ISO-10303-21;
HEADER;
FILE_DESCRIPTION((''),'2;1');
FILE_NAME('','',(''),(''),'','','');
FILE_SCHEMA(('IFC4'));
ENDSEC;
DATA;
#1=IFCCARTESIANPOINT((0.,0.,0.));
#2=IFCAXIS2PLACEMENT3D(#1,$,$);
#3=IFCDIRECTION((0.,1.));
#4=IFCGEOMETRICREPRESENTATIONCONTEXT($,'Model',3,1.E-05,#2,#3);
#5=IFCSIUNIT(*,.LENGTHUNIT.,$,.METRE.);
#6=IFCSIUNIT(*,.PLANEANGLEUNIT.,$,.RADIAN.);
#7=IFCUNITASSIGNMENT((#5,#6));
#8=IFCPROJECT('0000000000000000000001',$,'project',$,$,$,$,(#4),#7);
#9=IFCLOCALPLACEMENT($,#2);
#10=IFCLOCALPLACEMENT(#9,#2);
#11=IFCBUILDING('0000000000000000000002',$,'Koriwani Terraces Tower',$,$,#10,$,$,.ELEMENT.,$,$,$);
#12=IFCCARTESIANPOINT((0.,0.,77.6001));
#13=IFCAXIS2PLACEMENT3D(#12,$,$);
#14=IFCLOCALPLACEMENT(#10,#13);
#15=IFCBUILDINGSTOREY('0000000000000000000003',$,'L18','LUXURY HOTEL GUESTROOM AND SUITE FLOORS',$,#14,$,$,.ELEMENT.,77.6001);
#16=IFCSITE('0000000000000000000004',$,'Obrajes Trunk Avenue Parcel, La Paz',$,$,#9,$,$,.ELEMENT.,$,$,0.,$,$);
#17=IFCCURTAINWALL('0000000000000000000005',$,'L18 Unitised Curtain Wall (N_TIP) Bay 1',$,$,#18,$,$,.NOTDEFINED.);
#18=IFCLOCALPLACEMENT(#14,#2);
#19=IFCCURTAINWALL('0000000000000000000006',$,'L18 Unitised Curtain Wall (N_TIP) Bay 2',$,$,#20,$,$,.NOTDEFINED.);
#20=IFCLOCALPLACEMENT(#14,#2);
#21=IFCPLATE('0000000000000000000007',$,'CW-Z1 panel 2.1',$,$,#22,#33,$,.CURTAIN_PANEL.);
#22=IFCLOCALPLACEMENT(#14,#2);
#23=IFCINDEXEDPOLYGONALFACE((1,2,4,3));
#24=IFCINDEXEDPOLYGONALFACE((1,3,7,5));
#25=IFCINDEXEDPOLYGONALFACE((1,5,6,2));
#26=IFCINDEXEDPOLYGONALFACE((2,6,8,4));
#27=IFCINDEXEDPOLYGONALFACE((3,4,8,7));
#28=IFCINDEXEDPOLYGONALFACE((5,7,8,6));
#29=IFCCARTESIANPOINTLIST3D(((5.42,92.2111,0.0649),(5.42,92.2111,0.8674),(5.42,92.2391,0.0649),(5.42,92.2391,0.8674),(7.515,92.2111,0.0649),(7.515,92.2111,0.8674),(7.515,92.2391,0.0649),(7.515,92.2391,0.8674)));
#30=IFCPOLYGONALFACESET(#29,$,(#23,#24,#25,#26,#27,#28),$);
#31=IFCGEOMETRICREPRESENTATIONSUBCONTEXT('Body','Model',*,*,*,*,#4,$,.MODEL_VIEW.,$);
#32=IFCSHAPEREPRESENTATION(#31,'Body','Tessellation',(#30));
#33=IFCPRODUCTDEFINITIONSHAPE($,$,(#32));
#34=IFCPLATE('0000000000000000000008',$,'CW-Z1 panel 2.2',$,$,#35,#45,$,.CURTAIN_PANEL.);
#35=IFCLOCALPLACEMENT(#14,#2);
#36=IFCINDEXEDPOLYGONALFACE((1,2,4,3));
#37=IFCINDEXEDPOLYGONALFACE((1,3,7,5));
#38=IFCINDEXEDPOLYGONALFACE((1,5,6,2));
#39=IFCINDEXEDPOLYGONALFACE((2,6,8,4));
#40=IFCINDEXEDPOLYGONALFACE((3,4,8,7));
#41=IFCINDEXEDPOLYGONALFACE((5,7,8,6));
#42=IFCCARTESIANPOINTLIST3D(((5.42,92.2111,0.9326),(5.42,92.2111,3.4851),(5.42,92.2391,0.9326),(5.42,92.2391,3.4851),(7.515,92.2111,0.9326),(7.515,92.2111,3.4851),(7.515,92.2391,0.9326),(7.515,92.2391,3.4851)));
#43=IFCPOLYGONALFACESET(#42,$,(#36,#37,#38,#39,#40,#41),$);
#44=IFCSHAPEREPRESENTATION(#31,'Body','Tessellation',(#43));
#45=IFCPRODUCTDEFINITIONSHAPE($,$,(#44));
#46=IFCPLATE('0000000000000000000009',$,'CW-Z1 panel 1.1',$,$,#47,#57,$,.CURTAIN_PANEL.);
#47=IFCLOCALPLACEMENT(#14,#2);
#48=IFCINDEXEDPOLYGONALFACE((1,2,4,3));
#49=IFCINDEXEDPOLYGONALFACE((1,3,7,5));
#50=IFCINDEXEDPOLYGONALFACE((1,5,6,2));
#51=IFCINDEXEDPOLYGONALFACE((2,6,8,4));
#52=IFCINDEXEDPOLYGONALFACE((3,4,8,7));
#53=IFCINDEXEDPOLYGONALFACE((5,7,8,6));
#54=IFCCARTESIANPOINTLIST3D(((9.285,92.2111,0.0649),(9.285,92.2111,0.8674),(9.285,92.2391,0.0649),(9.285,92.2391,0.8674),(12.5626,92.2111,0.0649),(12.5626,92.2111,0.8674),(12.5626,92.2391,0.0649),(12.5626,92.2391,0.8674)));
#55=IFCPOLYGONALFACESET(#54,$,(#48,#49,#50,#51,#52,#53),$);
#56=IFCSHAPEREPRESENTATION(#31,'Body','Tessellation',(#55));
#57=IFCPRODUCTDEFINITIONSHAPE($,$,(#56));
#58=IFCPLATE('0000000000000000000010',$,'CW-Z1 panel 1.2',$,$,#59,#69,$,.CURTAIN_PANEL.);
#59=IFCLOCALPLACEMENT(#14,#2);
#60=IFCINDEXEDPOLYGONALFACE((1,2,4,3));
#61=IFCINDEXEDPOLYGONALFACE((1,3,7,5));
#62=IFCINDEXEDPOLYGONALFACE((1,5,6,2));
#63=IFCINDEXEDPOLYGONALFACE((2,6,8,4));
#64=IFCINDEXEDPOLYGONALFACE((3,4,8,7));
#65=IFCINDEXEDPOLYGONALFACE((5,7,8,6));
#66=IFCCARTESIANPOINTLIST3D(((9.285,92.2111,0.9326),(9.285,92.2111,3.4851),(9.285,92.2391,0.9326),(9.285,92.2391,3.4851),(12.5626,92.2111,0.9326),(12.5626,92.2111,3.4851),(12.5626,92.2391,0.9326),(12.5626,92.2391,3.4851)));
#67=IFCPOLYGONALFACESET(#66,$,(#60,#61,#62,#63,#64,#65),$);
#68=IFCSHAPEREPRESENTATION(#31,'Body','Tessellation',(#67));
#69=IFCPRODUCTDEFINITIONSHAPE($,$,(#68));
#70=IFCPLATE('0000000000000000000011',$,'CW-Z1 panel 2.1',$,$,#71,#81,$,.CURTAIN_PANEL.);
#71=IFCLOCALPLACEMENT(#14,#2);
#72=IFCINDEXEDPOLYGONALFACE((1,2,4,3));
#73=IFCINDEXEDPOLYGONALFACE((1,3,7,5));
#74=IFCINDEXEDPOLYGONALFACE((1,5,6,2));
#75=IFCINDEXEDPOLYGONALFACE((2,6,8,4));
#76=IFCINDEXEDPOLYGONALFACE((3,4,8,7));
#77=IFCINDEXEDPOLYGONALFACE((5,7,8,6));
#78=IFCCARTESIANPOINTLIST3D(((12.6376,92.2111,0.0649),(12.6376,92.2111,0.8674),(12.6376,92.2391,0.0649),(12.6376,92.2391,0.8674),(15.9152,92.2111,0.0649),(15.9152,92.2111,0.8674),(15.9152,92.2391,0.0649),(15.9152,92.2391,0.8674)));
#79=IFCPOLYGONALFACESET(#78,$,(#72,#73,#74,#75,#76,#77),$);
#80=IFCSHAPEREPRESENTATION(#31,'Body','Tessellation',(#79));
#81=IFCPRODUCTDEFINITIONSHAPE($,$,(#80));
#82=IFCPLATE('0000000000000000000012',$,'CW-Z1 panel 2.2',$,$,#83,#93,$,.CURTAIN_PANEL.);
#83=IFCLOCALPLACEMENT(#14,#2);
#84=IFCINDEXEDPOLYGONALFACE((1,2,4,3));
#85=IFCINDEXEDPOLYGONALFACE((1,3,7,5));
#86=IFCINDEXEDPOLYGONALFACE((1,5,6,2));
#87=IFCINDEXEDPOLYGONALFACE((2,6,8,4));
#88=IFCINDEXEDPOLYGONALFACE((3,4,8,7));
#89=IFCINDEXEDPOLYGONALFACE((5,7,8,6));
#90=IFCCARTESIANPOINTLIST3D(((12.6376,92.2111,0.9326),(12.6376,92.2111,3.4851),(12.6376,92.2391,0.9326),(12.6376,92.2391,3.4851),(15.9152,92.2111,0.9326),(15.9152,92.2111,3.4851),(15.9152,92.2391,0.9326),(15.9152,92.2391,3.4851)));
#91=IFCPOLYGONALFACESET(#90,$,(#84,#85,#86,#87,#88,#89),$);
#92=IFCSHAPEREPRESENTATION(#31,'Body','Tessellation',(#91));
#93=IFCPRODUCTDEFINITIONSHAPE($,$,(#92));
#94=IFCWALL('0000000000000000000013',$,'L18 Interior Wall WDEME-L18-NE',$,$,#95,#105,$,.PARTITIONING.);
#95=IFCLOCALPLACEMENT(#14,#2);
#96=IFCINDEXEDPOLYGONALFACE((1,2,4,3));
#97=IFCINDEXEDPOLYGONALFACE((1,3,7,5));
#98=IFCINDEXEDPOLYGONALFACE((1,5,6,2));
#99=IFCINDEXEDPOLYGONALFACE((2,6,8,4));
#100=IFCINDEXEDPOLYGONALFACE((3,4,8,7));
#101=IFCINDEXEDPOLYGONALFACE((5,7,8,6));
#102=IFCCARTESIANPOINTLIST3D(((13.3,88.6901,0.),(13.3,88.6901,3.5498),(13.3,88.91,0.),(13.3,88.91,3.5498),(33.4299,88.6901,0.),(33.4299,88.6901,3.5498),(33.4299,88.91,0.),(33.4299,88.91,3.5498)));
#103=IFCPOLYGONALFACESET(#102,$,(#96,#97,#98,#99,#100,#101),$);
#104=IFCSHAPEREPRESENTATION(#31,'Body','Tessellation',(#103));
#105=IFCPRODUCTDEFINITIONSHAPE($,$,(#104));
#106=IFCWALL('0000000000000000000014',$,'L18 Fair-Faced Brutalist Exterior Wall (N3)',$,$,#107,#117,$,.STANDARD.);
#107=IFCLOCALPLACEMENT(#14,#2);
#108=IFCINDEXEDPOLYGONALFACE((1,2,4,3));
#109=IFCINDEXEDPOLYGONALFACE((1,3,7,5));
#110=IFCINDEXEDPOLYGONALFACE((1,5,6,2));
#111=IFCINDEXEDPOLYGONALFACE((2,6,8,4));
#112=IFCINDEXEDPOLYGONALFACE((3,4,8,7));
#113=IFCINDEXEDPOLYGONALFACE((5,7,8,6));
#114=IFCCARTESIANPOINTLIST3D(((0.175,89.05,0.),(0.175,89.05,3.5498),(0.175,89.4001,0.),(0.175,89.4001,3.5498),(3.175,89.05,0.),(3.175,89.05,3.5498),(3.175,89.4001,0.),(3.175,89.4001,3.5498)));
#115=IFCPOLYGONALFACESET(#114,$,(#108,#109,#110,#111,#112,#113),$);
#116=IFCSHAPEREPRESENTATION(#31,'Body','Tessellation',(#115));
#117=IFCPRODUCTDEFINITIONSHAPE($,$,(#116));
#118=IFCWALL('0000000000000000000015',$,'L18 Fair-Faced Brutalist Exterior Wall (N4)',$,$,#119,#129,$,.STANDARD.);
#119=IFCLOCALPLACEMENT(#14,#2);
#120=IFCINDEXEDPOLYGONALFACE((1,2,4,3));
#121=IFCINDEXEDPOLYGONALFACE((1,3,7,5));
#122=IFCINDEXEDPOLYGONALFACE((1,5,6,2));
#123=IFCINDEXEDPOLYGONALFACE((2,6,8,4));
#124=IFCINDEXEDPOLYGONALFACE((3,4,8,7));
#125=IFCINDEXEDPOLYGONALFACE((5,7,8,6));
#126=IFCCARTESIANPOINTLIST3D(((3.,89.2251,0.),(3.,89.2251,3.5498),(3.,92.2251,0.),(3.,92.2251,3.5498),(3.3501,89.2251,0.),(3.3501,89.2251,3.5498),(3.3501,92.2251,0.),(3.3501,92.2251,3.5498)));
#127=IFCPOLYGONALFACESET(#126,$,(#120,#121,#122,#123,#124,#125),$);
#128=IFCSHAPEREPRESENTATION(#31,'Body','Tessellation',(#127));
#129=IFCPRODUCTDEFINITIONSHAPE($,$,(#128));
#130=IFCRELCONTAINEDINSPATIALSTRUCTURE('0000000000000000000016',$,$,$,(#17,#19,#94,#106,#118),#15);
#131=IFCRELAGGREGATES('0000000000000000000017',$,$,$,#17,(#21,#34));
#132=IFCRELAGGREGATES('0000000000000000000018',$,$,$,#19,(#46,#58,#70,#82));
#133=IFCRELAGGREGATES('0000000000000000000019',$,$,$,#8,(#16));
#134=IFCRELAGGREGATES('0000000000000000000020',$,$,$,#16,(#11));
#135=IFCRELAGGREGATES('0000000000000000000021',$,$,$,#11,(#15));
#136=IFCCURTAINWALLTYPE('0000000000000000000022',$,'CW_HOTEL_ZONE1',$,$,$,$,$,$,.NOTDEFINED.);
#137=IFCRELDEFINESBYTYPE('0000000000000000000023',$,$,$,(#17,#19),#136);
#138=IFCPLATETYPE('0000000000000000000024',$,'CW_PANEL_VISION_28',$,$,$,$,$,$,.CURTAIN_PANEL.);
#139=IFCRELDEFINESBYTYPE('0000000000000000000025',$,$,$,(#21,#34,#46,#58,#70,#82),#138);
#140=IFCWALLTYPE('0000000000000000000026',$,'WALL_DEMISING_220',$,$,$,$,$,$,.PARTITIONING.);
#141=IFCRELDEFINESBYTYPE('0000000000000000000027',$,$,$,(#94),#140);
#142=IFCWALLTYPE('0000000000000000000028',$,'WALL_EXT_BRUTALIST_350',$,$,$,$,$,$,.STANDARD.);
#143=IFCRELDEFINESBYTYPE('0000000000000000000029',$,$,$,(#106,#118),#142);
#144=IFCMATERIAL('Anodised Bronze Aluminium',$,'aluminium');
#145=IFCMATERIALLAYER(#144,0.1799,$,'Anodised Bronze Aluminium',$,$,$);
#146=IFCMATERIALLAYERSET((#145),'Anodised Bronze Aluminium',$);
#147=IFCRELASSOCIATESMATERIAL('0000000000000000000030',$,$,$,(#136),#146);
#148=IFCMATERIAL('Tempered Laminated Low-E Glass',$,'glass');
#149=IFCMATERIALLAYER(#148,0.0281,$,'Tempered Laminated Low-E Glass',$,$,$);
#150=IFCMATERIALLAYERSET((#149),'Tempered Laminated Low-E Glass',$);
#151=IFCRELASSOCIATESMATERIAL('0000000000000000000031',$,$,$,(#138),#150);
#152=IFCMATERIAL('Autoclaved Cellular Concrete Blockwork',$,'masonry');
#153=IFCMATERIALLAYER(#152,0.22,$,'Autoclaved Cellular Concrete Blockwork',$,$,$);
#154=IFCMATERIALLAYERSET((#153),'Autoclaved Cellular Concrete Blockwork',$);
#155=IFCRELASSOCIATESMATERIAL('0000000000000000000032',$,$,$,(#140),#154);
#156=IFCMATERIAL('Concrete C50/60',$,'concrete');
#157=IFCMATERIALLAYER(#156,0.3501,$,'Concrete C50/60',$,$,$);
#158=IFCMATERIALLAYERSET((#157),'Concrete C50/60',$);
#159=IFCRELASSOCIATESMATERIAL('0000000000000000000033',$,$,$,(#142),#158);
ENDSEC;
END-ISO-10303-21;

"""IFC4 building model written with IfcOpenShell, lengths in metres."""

from ifc_helpers import new_model, si_unit, direction, frame, frame_2d, origin, origin_2d, place, context, subcontext, project, spatial, rectangle, extrude, material, layer, layer_set, type_object, element, aggregate, save


model = new_model("IFC4")

# Units and contexts
model_context = context("Model", 3, precision=1e-05, world=origin(), true_north=direction((0.0, 1.0)))
body_context = subcontext(model_context, "Body", "Model", "MODEL_VIEW")
ifc_project = project(units=[si_unit("LENGTHUNIT", "METRE"), si_unit("PLANEANGLEUNIT", "RADIAN")], contexts=[model_context])

# Site, building, storey
site_placement = place(None, origin())
site = spatial("IfcSite", under=ifc_project, at=site_placement, Name="Obrajes Trunk Avenue Parcel, La Paz", CompositionType="ELEMENT", RefElevation=0.0)
building_placement = place(site_placement, origin())
building = spatial("IfcBuilding", under=site, at=building_placement, Name="Koriwani Terraces Tower", CompositionType="ELEMENT")
storey_placement = place(building_placement, frame((0.0, 0.0, 77.6001)))
storey = spatial("IfcBuildingStorey", under=building, at=storey_placement, Name="L18", Description="LUXURY HOTEL GUESTROOM AND SUITE FLOORS", CompositionType="ELEMENT", Elevation=77.6001)

# Curtain walls
ifc_material_1 = material(Name="Anodised Bronze Aluminium", Category="aluminium")
ifc_layer_1 = layer(ifc_material_1, 0.1799, Name="Anodised Bronze Aluminium")
ifc_layer_set_1 = layer_set([ifc_layer_1], Name="Anodised Bronze Aluminium")
curtain_wall_type = type_object("IfcCurtainWallType", Name="CW_HOTEL_ZONE1", PredefinedType="NOTDEFINED", material=ifc_layer_set_1)
curtain_wall_1_placement = place(storey_placement, origin())
curtain_wall_1 = element("IfcCurtainWall", 1, at=curtain_wall_1_placement, inside=storey, type_object=curtain_wall_type, Name="L18 Unitised Curtain Wall (N_TIP) Bay 1", PredefinedType="NOTDEFINED")
curtain_wall_2_placement = place(storey_placement, origin())
curtain_wall_2 = element("IfcCurtainWall", 2, at=curtain_wall_2_placement, inside=storey, type_object=curtain_wall_type, Name="L18 Unitised Curtain Wall (N_TIP) Bay 2", PredefinedType="NOTDEFINED")

# Plates
ifc_material_2 = material(Name="Tempered Laminated Low-E Glass", Category="glass")
ifc_layer_2 = layer(ifc_material_2, 0.0281, Name="Tempered Laminated Low-E Glass")
ifc_layer_set_2 = layer_set([ifc_layer_2], Name="Tempered Laminated Low-E Glass")
plate_type = type_object("IfcPlateType", Name="CW_PANEL_VISION_28", PredefinedType="CURTAIN_PANEL", material=ifc_layer_set_2)
plate_1_placement = place(storey_placement, frame((6.4675, 92.2251, 0.0649), z_axis=(0.0, 0.0, 1.0), x_axis=(1.0, 0.0, 0.0)))
plate_1 = element("IfcPlate", 3, at=plate_1_placement, type_object=plate_type, Name="CW-Z1 panel 2.1", PredefinedType="CURTAIN_PANEL", context=body_context, shape_type="SweptSolid", body=[
    extrude(rectangle(XDim=2.095, YDim=0.0281, at=origin_2d()), origin(), (0.0, 0.0, 1.0), 0.8025),
])
plate_2_placement = place(storey_placement, frame((6.4675, 92.2251, 0.9326), z_axis=(0.0, 0.0, 1.0), x_axis=(1.0, 0.0, 0.0)))
plate_2 = element("IfcPlate", 4, at=plate_2_placement, type_object=plate_type, Name="CW-Z1 panel 2.2", PredefinedType="CURTAIN_PANEL", context=body_context, shape_type="SweptSolid", body=[
    extrude(rectangle(XDim=2.095, YDim=0.0281, at=origin_2d()), origin(), (0.0, 0.0, 1.0), 2.5525),
])
aggregate(curtain_wall_1, [plate_1, plate_2])
plate_3_placement = place(storey_placement, frame((10.9238, 92.2251, 0.0649), z_axis=(0.0, 0.0, 1.0), x_axis=(1.0, 0.0, 0.0)))
plate_3 = element("IfcPlate", 5, at=plate_3_placement, type_object=plate_type, Name="CW-Z1 panel 1.1", PredefinedType="CURTAIN_PANEL", context=body_context, shape_type="SweptSolid", body=[
    extrude(rectangle(XDim=3.2776, YDim=0.0281, at=origin_2d()), origin(), (0.0, 0.0, 1.0), 0.8025),
])
plate_4_placement = place(storey_placement, frame((10.9238, 92.2251, 0.9326), z_axis=(0.0, 0.0, 1.0), x_axis=(1.0, 0.0, 0.0)))
plate_4 = element("IfcPlate", 6, at=plate_4_placement, type_object=plate_type, Name="CW-Z1 panel 1.2", PredefinedType="CURTAIN_PANEL", context=body_context, shape_type="SweptSolid", body=[
    extrude(rectangle(XDim=3.2776, YDim=0.0281, at=origin_2d()), origin(), (0.0, 0.0, 1.0), 2.5525),
])
plate_5_placement = place(storey_placement, frame((14.2764, 92.2251, 0.0649), z_axis=(0.0, 0.0, 1.0), x_axis=(1.0, 0.0, 0.0)))
plate_5 = element("IfcPlate", 7, at=plate_5_placement, type_object=plate_type, Name="CW-Z1 panel 2.1", PredefinedType="CURTAIN_PANEL", context=body_context, shape_type="SweptSolid", body=[
    extrude(rectangle(XDim=3.2776, YDim=0.0281, at=origin_2d()), origin(), (0.0, 0.0, 1.0), 0.8025),
])
plate_6_placement = place(storey_placement, frame((14.2764, 92.2251, 0.9326), z_axis=(0.0, 0.0, 1.0), x_axis=(1.0, 0.0, 0.0)))
plate_6 = element("IfcPlate", 8, at=plate_6_placement, type_object=plate_type, Name="CW-Z1 panel 2.2", PredefinedType="CURTAIN_PANEL", context=body_context, shape_type="SweptSolid", body=[
    extrude(rectangle(XDim=3.2776, YDim=0.0281, at=origin_2d()), origin(), (0.0, 0.0, 1.0), 2.5525),
])
aggregate(curtain_wall_2, [plate_3, plate_4, plate_5, plate_6])

# Walls
ifc_material_3 = material(Name="Autoclaved Cellular Concrete Blockwork", Category="masonry")
ifc_layer_3 = layer(ifc_material_3, 0.22, Name="Autoclaved Cellular Concrete Blockwork")
ifc_layer_set_3 = layer_set([ifc_layer_3], Name="Autoclaved Cellular Concrete Blockwork")
wall_type_1 = type_object("IfcWallType", Name="WALL_DEMISING_220", PredefinedType="PARTITIONING", material=ifc_layer_set_3)
wall_placement = place(storey_placement, frame((13.3, 88.8, 0.0), z_axis=(0.0, 0.0, 1.0), x_axis=(1.0, 0.0, 0.0)))
element("IfcWall", 9, at=wall_placement, inside=storey, type_object=wall_type_1, Name="L18 Interior Wall WDEME-L18-NE", PredefinedType="PARTITIONING", context=body_context, shape_type="SweptSolid", body=[
    extrude(rectangle(XDim=20.1299, YDim=0.22, at=frame_2d((10.0649, 0.0))), origin(), (0.0, 0.0, 1.0), 3.5498),
])
ifc_material_4 = material(Name="Concrete C50/60", Category="concrete")
ifc_layer_4 = layer(ifc_material_4, 0.3501, Name="Concrete C50/60")
ifc_layer_set_4 = layer_set([ifc_layer_4], Name="Concrete C50/60")
wall_type_2 = type_object("IfcWallType", Name="WALL_EXT_BRUTALIST_350", PredefinedType="STANDARD", material=ifc_layer_set_4)
for number, where, z_axis, x_axis, name in (
    (10, (0.175, 89.2251, 0.0), (0.0, 0.0, 1.0), (1.0, 0.0, 0.0), "L18 Fair-Faced Brutalist Exterior Wall (N3)"),
    (11, (3.175, 89.2251, 0.0), (0.0, 0.0, 1.0), (0.0, 1.0, 0.0), "L18 Fair-Faced Brutalist Exterior Wall (N4)"),
):
    element("IfcWall", number, at=place(storey_placement, frame(where, z_axis=z_axis, x_axis=x_axis)), inside=storey, type_object=wall_type_2, Name=name, PredefinedType="STANDARD", context=body_context, shape_type="SweptSolid", body=[
        extrude(rectangle(XDim=3.0, YDim=0.3501, at=frame_2d((1.5, 0.0))), origin(), (0.0, 0.0, 1.0), 3.5498),
    ])

save(model, "model.ifc")
